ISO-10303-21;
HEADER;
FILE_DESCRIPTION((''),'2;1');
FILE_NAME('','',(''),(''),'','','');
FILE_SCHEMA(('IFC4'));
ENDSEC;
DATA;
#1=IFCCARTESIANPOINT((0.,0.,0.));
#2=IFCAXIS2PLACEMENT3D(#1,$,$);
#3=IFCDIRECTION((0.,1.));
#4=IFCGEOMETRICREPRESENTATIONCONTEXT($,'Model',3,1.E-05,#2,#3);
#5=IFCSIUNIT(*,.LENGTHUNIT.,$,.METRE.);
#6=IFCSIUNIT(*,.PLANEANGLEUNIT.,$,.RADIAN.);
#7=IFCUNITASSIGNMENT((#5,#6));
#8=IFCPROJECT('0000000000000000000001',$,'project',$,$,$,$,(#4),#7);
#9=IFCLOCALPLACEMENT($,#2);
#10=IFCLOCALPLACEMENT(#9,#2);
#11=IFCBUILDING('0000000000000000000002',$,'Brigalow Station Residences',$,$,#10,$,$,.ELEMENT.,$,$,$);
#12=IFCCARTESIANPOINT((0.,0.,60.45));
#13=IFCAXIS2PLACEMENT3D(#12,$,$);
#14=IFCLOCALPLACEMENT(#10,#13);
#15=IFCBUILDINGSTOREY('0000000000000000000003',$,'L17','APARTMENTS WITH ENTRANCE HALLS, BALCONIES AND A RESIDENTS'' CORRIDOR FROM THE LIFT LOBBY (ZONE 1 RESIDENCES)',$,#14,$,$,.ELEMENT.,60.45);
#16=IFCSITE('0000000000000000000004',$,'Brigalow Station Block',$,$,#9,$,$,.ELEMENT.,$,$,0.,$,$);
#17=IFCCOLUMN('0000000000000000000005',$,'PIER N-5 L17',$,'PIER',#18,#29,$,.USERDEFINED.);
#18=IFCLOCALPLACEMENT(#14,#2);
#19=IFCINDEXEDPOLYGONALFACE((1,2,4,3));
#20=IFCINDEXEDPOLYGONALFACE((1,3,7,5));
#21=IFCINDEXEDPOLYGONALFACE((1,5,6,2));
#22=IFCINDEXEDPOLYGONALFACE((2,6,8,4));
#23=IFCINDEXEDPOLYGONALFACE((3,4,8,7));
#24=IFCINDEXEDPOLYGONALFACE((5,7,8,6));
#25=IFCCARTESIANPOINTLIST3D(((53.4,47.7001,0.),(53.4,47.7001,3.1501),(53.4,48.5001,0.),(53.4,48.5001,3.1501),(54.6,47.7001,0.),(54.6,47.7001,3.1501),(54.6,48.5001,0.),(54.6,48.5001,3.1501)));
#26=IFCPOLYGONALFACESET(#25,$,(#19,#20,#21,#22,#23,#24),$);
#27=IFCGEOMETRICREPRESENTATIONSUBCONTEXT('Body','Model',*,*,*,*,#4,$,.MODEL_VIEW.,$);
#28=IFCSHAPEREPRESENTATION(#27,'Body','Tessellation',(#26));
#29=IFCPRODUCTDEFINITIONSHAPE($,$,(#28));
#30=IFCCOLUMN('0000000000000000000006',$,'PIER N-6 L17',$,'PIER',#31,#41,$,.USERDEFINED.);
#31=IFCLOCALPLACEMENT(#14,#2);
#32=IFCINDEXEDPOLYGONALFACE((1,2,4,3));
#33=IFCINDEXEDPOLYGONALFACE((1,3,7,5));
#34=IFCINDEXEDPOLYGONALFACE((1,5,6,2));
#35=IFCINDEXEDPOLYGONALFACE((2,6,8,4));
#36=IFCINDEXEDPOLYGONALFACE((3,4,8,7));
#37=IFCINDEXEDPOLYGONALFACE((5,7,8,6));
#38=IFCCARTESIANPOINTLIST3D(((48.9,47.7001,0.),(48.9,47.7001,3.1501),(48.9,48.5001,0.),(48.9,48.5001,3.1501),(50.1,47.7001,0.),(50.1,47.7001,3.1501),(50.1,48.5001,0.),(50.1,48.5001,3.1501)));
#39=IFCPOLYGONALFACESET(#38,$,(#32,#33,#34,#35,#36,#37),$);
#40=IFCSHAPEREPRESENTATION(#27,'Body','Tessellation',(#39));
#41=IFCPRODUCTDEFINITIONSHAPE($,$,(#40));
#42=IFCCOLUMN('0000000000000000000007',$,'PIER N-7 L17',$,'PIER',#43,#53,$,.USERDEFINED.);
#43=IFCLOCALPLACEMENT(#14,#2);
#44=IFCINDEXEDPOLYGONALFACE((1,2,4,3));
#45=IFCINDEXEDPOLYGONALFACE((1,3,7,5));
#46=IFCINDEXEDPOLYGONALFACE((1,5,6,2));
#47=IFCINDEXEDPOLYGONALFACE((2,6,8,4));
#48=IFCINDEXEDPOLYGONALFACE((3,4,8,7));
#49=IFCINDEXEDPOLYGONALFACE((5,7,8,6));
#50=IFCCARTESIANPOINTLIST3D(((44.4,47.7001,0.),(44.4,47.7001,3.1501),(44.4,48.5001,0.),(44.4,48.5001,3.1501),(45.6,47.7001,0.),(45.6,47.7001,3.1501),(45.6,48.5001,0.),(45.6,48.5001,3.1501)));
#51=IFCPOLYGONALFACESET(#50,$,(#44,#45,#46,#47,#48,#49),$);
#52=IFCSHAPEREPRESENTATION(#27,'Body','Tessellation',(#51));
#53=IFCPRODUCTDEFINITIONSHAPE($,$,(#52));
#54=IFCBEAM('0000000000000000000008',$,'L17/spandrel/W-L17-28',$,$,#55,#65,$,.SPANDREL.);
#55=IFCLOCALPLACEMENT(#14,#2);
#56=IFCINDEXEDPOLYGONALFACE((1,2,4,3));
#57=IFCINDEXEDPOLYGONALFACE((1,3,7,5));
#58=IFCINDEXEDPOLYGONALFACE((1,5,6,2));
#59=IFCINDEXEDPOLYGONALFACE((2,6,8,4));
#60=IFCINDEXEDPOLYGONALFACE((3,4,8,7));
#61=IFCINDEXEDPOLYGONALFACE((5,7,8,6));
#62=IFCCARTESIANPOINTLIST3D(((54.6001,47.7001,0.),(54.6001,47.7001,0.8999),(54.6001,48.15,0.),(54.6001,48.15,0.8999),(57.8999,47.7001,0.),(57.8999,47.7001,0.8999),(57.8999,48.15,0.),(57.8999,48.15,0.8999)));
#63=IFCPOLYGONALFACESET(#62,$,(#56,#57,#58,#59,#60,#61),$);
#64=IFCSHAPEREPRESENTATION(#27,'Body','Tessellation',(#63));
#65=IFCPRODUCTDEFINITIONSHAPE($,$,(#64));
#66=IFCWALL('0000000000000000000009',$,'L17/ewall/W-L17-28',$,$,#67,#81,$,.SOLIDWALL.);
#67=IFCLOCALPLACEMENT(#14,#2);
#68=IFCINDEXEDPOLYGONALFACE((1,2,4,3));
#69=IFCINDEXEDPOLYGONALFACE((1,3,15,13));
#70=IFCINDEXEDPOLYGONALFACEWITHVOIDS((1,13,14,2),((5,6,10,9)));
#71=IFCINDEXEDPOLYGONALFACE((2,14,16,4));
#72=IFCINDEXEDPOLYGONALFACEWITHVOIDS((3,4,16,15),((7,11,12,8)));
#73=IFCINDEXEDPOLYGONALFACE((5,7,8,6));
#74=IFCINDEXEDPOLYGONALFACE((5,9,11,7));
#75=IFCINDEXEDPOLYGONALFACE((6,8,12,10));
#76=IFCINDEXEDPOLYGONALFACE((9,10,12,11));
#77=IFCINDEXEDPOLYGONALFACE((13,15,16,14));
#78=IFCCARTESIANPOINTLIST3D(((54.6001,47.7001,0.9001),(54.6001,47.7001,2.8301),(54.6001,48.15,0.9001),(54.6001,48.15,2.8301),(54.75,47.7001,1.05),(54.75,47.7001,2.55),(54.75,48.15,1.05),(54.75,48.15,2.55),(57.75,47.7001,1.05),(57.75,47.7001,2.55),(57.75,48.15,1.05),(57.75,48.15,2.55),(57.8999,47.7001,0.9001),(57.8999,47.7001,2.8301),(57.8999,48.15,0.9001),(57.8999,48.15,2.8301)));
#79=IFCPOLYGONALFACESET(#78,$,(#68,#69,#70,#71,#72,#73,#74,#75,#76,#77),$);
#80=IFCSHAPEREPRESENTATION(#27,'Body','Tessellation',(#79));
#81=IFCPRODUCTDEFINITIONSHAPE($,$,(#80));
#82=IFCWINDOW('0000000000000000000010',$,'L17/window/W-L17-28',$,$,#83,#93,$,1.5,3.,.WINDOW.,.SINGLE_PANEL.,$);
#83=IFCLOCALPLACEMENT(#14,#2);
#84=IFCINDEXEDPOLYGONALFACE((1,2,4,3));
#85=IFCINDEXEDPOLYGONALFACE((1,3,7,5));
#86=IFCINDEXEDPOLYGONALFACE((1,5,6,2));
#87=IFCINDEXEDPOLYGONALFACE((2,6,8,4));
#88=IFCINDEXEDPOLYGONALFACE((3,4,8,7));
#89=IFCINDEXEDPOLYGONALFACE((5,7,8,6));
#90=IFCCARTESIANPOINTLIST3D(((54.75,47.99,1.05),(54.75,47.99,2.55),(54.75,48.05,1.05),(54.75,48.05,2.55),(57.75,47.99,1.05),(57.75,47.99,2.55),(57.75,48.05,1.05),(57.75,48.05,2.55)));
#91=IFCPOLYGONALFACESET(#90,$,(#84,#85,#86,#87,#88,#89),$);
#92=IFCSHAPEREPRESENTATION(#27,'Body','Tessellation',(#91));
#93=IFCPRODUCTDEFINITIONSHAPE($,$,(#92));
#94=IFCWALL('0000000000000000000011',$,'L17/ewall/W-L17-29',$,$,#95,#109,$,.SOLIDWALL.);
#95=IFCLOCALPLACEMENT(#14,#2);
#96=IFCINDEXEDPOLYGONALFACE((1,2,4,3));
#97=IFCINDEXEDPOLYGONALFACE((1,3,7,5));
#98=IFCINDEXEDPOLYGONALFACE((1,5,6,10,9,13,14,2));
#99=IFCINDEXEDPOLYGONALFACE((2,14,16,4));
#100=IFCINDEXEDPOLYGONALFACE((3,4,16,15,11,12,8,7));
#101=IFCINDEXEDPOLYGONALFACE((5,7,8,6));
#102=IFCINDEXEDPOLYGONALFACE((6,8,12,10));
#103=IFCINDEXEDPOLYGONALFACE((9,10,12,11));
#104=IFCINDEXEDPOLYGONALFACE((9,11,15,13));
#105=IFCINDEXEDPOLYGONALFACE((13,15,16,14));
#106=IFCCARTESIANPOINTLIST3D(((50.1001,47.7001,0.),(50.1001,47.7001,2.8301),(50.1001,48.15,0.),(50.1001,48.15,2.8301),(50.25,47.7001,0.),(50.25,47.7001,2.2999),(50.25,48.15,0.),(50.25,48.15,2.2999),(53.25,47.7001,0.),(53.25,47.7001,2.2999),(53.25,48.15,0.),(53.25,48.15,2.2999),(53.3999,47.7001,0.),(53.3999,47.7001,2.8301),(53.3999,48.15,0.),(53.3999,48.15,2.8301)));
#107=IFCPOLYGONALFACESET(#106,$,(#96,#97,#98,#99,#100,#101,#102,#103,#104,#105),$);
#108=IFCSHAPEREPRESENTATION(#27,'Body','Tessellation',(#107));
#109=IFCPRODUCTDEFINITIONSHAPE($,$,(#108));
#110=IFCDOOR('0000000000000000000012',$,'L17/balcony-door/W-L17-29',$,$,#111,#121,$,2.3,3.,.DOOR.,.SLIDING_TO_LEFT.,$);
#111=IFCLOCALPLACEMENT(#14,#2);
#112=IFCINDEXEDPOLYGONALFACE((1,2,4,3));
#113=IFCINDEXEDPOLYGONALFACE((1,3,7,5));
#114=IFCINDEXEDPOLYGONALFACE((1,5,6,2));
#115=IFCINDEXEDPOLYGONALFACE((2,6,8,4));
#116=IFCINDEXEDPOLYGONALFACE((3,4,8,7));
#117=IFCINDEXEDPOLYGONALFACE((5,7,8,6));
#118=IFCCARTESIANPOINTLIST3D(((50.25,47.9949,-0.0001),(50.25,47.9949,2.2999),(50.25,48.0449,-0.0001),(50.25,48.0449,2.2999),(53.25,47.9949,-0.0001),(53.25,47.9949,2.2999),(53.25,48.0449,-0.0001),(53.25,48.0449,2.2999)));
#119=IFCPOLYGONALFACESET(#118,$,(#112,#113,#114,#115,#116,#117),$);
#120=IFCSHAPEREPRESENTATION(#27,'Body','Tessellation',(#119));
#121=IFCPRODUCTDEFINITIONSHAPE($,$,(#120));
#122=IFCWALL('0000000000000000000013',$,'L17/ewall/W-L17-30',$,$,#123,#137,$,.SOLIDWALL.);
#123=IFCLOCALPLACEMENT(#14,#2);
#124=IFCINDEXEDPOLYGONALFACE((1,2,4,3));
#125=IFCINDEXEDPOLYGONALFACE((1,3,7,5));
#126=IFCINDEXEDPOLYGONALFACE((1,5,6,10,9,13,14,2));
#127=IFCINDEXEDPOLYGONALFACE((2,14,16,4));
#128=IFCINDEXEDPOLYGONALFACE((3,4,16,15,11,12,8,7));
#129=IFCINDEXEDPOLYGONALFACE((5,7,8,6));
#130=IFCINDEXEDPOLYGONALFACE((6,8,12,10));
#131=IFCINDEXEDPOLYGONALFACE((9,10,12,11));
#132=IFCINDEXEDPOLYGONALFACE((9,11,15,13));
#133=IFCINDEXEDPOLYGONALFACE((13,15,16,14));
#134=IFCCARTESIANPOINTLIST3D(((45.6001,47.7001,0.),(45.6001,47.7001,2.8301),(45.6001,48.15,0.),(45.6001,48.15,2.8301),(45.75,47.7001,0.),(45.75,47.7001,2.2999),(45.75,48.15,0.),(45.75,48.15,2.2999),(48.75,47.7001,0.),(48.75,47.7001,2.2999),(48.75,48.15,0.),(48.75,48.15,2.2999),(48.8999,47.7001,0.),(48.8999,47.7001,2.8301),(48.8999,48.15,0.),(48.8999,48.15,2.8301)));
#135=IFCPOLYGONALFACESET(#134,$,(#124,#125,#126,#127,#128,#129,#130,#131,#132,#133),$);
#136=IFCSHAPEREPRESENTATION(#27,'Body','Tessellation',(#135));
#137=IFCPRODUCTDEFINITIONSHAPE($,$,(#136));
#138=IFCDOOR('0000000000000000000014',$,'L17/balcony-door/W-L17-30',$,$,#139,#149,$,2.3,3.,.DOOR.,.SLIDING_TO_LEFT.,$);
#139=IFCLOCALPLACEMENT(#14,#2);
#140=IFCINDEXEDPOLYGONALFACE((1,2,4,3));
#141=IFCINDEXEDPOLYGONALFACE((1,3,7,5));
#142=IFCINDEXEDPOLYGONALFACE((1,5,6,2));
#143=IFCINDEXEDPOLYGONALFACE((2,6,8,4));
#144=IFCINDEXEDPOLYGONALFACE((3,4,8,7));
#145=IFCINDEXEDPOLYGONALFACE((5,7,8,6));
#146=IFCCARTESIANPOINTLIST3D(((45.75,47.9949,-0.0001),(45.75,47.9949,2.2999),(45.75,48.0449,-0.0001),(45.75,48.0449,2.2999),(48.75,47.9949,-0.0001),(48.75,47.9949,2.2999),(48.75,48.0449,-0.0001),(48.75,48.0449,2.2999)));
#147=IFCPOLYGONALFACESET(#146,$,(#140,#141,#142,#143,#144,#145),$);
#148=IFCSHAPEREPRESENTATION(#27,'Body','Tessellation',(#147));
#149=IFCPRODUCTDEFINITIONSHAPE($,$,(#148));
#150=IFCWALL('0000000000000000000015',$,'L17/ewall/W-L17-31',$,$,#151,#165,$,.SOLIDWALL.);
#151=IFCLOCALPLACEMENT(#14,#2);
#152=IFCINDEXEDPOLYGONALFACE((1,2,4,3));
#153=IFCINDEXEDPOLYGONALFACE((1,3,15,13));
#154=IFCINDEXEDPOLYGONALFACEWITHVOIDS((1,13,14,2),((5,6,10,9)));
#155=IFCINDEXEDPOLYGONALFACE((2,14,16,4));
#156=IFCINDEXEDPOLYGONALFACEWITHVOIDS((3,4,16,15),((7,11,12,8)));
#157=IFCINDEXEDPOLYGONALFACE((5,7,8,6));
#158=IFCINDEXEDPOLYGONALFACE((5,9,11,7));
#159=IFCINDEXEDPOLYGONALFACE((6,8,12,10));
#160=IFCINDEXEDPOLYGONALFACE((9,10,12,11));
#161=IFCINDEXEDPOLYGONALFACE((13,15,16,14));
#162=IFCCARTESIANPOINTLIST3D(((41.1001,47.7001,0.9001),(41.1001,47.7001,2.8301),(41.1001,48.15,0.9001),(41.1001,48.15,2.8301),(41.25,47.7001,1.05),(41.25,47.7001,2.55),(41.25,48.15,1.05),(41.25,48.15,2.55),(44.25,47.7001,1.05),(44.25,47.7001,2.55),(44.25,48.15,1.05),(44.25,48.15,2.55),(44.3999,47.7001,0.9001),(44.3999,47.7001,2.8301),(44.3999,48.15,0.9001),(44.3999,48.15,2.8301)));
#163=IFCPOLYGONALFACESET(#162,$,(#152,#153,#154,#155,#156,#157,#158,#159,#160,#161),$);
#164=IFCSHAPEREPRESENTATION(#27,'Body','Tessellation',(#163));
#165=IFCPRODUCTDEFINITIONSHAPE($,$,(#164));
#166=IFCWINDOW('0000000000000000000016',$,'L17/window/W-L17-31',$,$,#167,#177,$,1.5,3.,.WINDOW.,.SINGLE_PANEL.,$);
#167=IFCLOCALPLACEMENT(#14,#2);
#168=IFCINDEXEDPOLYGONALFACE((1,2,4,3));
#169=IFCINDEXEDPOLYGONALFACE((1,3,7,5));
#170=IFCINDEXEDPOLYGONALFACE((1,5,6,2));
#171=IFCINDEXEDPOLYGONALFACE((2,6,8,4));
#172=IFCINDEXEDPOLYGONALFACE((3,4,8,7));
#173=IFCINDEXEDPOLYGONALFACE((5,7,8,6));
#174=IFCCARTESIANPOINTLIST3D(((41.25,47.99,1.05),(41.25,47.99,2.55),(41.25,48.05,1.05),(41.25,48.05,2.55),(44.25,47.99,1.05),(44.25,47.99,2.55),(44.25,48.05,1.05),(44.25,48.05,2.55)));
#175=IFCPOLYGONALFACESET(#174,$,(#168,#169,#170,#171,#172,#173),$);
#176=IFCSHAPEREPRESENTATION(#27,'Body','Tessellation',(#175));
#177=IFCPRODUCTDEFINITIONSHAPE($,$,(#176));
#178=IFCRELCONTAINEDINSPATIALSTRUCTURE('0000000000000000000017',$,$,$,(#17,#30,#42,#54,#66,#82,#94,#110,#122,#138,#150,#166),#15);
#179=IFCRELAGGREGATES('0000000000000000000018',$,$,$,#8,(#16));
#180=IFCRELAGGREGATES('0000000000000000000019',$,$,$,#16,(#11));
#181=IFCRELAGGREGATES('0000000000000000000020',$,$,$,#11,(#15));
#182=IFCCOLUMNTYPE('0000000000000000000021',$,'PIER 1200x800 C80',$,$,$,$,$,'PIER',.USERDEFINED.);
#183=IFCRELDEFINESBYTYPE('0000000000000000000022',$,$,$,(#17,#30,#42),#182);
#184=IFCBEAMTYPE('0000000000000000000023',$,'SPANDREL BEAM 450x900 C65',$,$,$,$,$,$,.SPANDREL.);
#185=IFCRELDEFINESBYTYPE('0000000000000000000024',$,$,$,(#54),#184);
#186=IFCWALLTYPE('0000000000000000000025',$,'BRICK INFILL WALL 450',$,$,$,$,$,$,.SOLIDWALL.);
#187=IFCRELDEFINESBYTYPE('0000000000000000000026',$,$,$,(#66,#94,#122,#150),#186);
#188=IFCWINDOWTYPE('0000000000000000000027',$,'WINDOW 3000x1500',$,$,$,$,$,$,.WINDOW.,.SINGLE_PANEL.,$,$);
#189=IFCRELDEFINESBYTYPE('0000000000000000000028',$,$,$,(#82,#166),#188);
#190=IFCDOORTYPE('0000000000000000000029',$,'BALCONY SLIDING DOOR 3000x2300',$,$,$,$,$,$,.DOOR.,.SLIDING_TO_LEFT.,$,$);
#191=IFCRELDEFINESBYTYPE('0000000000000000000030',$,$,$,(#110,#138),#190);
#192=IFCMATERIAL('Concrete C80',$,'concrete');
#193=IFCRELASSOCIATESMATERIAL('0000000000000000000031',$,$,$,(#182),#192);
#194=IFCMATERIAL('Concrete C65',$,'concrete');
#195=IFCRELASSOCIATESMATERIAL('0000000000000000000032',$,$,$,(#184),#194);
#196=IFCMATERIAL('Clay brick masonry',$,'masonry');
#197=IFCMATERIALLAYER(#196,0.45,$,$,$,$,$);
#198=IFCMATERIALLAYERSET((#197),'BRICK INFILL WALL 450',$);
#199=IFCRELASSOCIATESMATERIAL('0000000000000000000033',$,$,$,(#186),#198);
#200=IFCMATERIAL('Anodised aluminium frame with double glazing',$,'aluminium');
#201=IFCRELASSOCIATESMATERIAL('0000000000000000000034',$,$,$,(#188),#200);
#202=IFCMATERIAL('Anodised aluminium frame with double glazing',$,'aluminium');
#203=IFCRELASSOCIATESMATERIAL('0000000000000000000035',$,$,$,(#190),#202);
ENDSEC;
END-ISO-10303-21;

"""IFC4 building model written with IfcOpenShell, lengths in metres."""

from ifc_helpers import new_model, si_unit, direction, frame, frame_2d, origin, origin_2d, place, context, subcontext, project, spatial, rectangle, extrude, material, layer, layer_set, material_profile, profile_set, type_object, element, fill, save


model = new_model("IFC4")

# Units and contexts
model_context = context("Model", 3, precision=1e-05, world=origin(), true_north=direction((0.0, 1.0)))
body_context = subcontext(model_context, "Body", "Model", "MODEL_VIEW")
ifc_project = project(units=[si_unit("LENGTHUNIT", "METRE"), si_unit("PLANEANGLEUNIT", "RADIAN")], contexts=[model_context])

# Site, building, storey
site_placement = place(None, origin())
site = spatial("IfcSite", under=ifc_project, at=site_placement, Name="Brigalow Station Block", CompositionType="ELEMENT", RefElevation=0.0)
building_placement = place(site_placement, origin())
building = spatial("IfcBuilding", under=site, at=building_placement, Name="Brigalow Station Residences", CompositionType="ELEMENT")
storey_placement = place(building_placement, frame((0.0, 0.0, 60.45)))
storey = spatial("IfcBuildingStorey", under=building, at=storey_placement, Name="L17", Description="APARTMENTS WITH ENTRANCE HALLS, BALCONIES AND A RESIDENTS' CORRIDOR FROM THE LIFT LOBBY (ZONE 1 RESIDENCES)", CompositionType="ELEMENT", Elevation=60.45)

# Columns
ifc_material_1 = material(Name="Concrete C80", Category="concrete")
ifc_material_profile_1 = material_profile(ifc_material_1, rectangle(XDim=1.2, YDim=0.8, at=origin_2d()), Name="RC1200x800")
ifc_profile_set_1 = profile_set([ifc_material_profile_1], Name="Concrete C80")
column_type = type_object("IfcColumnType", Name="PIER 1200x800 C80", ElementType="PIER", PredefinedType="USERDEFINED", material=ifc_profile_set_1)
for number, where, z_axis, x_axis, name in (
    (1, (54.0, 48.1001, 0.0), (0.0, 0.0, 1.0), (-1.0, 0.0, 0.0), "PIER N-5 L17"),
    (2, (49.5, 48.1001, 0.0), (0.0, 0.0, 1.0), (-1.0, 0.0, 0.0), "PIER N-6 L17"),
    (3, (45.0, 48.1001, 0.0), (0.0, 0.0, 1.0), (-1.0, 0.0, 0.0), "PIER N-7 L17"),
):
    element("IfcColumn", number, at=place(storey_placement, frame(where, z_axis=z_axis, x_axis=x_axis)), inside=storey, type_object=column_type, Name=name, ObjectType="PIER", PredefinedType="USERDEFINED", context=body_context, shape_type="SweptSolid", body=[
        extrude(rectangle(XDim=1.2, YDim=0.8, at=origin_2d()), origin(), (0.0, 0.0, 1.0), 3.1501),
    ])

# Beam
ifc_material_2 = material(Name="Concrete C65", Category="concrete")
ifc_material_profile_2 = material_profile(ifc_material_2, rectangle(XDim=0.45, YDim=0.8999, at=origin_2d()), Name="RC450x900")
ifc_profile_set_2 = profile_set([ifc_material_profile_2], Name="Concrete C65")
beam_type = type_object("IfcBeamType", Name="SPANDREL BEAM 450x900 C65", PredefinedType="SPANDREL", material=ifc_profile_set_2)
beam_placement = place(storey_placement, frame((57.8999, 47.925, 0.45), z_axis=(-1.0, 0.0, 0.0), x_axis=(0.0, -1.0, 0.0)))
element("IfcBeam", 4, at=beam_placement, inside=storey, type_object=beam_type, Name="L17/spandrel/W-L17-28", PredefinedType="SPANDREL", context=body_context, shape_type="SweptSolid", body=[
    extrude(rectangle(XDim=0.45, YDim=0.8999, at=origin_2d()), origin(), (0.0, 0.0, 1.0), 3.2998),
])

# Wall, opening, window
ifc_material_3 = material(Name="Clay brick masonry", Category="masonry")
ifc_layer_1 = layer(ifc_material_3, 0.45)
ifc_layer_set_1 = layer_set([ifc_layer_1], Name="BRICK INFILL WALL 450")
wall_type_1 = type_object("IfcWallType", Name="BRICK INFILL WALL 450", PredefinedType="SOLIDWALL", material=ifc_layer_set_1)
wall_1_placement = place(storey_placement, frame((57.8999, 47.925, 0.9001), z_axis=(0.0, 0.0, 1.0), x_axis=(-1.0, 0.0, 0.0)))
wall_1 = element("IfcWall", 5, at=wall_1_placement, inside=storey, type_object=wall_type_1, Name="L17/ewall/W-L17-28", PredefinedType="SOLIDWALL", context=body_context, shape_type="SweptSolid", body=[
    extrude(rectangle(XDim=3.2998, YDim=0.45, at=frame_2d((1.6499, 0.0))), origin(), (0.0, 0.0, 1.0), 1.9299),
])
opening_1_placement = place(wall_1_placement, frame((0.1499, 0.0, 0.1499)))
opening_1 = element("IfcOpeningElement", 6, at=opening_1_placement, cuts=wall_1, PredefinedType="OPENING", context=body_context, shape_type="SweptSolid", body=[
    extrude(rectangle(XDim=3.0, YDim=1.5, at=frame_2d((1.5, 0.75))), frame((0.0, 0.2349, 0.0), z_axis=(0.0, -1.0, 0.0), x_axis=(1.0, 0.0, 0.0)), (0.0, 0.0, 1.0), 0.47),
])
ifc_material_4 = material(Name="Anodised aluminium frame with double glazing", Category="aluminium")
window_type = type_object("IfcWindowType", Name="WINDOW 3000x1500", PartitioningType="SINGLE_PANEL", PredefinedType="WINDOW", material=ifc_material_4)
window_1_placement = place(opening_1_placement, origin())
window_1 = element("IfcWindow", 7, at=window_1_placement, inside=storey, type_object=window_type, Name="L17/window/W-L17-28", OverallHeight=1.5, OverallWidth=3.0, PartitioningType="SINGLE_PANEL", PredefinedType="WINDOW", context=body_context, shape_type="SweptSolid", body=[
    extrude(rectangle(XDim=3.0, YDim=1.5, at=frame_2d((1.5, 0.75))), frame((0.0, -0.0649, 0.0), z_axis=(0.0, -1.0, 0.0), x_axis=(1.0, 0.0, 0.0)), (0.0, 0.0, 1.0), 0.0601),
])
fill(opening_1, window_1)

# Walls, openings, doors
wall_2_placement = place(storey_placement, frame((53.3999, 47.925, 0.0), z_axis=(0.0, 0.0, 1.0), x_axis=(-1.0, 0.0, 0.0)))
wall_2 = element("IfcWall", 8, at=wall_2_placement, inside=storey, type_object=wall_type_1, Name="L17/ewall/W-L17-29", PredefinedType="SOLIDWALL", context=body_context, shape_type="SweptSolid", body=[
    extrude(rectangle(XDim=3.2998, YDim=0.45, at=frame_2d((1.6499, 0.0))), origin(), (0.0, 0.0, 1.0), 2.8301),
])
opening_2_placement = place(wall_2_placement, frame((0.1499, 0.0, 0.0)))
opening_2 = element("IfcOpeningElement", 9, at=opening_2_placement, cuts=wall_2, PredefinedType="OPENING", context=body_context, shape_type="SweptSolid", body=[
    extrude(rectangle(XDim=3.0, YDim=2.3, at=frame_2d((1.5, 1.1499))), frame((0.0, 0.2349, 0.0), z_axis=(0.0, -1.0, 0.0), x_axis=(1.0, 0.0, 0.0)), (0.0, 0.0, 1.0), 0.47),
])
ifc_material_5 = material(Name="Anodised aluminium frame with double glazing", Category="aluminium")
door_type_1 = type_object("IfcDoorType", Name="BALCONY SLIDING DOOR 3000x2300", OperationType="SLIDING_TO_LEFT", PredefinedType="DOOR", material=ifc_material_5)
door_1_placement = place(opening_2_placement, origin())
door_1 = element("IfcDoor", 10, at=door_1_placement, inside=storey, type_object=door_type_1, Name="L17/balcony-door/W-L17-29", OperationType="SLIDING_TO_LEFT", OverallHeight=2.3, OverallWidth=3.0, PredefinedType="DOOR", context=body_context, shape_type="SweptSolid", body=[
    extrude(rectangle(XDim=3.0, YDim=2.3, at=frame_2d((1.5, 1.1499))), frame((0.0, -0.0698, 0.0), z_axis=(0.0, -1.0, 0.0), x_axis=(1.0, 0.0, 0.0)), (0.0, 0.0, 1.0), 0.05),
])
fill(opening_2, door_1)
wall_3_placement = place(storey_placement, frame((48.8999, 47.925, 0.0), z_axis=(0.0, 0.0, 1.0), x_axis=(-1.0, 0.0, 0.0)))
wall_3 = element("IfcWall", 11, at=wall_3_placement, inside=storey, type_object=wall_type_1, Name="L17/ewall/W-L17-30", PredefinedType="SOLIDWALL", context=body_context, shape_type="SweptSolid", body=[
    extrude(rectangle(XDim=3.2998, YDim=0.45, at=frame_2d((1.6499, 0.0))), origin(), (0.0, 0.0, 1.0), 2.8301),
])
opening_3_placement = place(wall_3_placement, frame((0.1499, 0.0, 0.0)))
opening_3 = element("IfcOpeningElement", 12, at=opening_3_placement, cuts=wall_3, PredefinedType="OPENING", context=body_context, shape_type="SweptSolid", body=[
    extrude(rectangle(XDim=3.0, YDim=2.3, at=frame_2d((1.5, 1.1499))), frame((0.0, 0.2349, 0.0), z_axis=(0.0, -1.0, 0.0), x_axis=(1.0, 0.0, 0.0)), (0.0, 0.0, 1.0), 0.47),
])
door_2_placement = place(opening_3_placement, origin())
door_2 = element("IfcDoor", 13, at=door_2_placement, inside=storey, type_object=door_type_1, Name="L17/balcony-door/W-L17-30", OperationType="SLIDING_TO_LEFT", OverallHeight=2.3, OverallWidth=3.0, PredefinedType="DOOR", context=body_context, shape_type="SweptSolid", body=[
    extrude(rectangle(XDim=3.0, YDim=2.3, at=frame_2d((1.5, 1.1499))), frame((0.0, -0.0698, 0.0), z_axis=(0.0, -1.0, 0.0), x_axis=(1.0, 0.0, 0.0)), (0.0, 0.0, 1.0), 0.05),
])
fill(opening_3, door_2)

# Wall, opening, window
wall_4_placement = place(storey_placement, frame((44.3999, 47.925, 0.9001), z_axis=(0.0, 0.0, 1.0), x_axis=(-1.0, 0.0, 0.0)))
wall_4 = element("IfcWall", 14, at=wall_4_placement, inside=storey, type_object=wall_type_1, Name="L17/ewall/W-L17-31", PredefinedType="SOLIDWALL", context=body_context, shape_type="SweptSolid", body=[
    extrude(rectangle(XDim=3.2998, YDim=0.45, at=frame_2d((1.6499, 0.0))), origin(), (0.0, 0.0, 1.0), 1.9299),
])
opening_4_placement = place(wall_4_placement, frame((0.1499, 0.0, 0.1499)))
opening_4 = element("IfcOpeningElement", 15, at=opening_4_placement, cuts=wall_4, PredefinedType="OPENING", context=body_context, shape_type="SweptSolid", body=[
    extrude(rectangle(XDim=3.0, YDim=1.5, at=frame_2d((1.5, 0.75))), frame((0.0, 0.2349, 0.0), z_axis=(0.0, -1.0, 0.0), x_axis=(1.0, 0.0, 0.0)), (0.0, 0.0, 1.0), 0.47),
])
window_2_placement = place(opening_4_placement, origin())
window_2 = element("IfcWindow", 16, at=window_2_placement, inside=storey, type_object=window_type, Name="L17/window/W-L17-31", OverallHeight=1.5, OverallWidth=3.0, PartitioningType="SINGLE_PANEL", PredefinedType="WINDOW", context=body_context, shape_type="SweptSolid", body=[
    extrude(rectangle(XDim=3.0, YDim=1.5, at=frame_2d((1.5, 0.75))), frame((0.0, -0.0649, 0.0), z_axis=(0.0, -1.0, 0.0), x_axis=(1.0, 0.0, 0.0)), (0.0, 0.0, 1.0), 0.0601),
])
fill(opening_4, window_2)

save(model, "model.ifc")
